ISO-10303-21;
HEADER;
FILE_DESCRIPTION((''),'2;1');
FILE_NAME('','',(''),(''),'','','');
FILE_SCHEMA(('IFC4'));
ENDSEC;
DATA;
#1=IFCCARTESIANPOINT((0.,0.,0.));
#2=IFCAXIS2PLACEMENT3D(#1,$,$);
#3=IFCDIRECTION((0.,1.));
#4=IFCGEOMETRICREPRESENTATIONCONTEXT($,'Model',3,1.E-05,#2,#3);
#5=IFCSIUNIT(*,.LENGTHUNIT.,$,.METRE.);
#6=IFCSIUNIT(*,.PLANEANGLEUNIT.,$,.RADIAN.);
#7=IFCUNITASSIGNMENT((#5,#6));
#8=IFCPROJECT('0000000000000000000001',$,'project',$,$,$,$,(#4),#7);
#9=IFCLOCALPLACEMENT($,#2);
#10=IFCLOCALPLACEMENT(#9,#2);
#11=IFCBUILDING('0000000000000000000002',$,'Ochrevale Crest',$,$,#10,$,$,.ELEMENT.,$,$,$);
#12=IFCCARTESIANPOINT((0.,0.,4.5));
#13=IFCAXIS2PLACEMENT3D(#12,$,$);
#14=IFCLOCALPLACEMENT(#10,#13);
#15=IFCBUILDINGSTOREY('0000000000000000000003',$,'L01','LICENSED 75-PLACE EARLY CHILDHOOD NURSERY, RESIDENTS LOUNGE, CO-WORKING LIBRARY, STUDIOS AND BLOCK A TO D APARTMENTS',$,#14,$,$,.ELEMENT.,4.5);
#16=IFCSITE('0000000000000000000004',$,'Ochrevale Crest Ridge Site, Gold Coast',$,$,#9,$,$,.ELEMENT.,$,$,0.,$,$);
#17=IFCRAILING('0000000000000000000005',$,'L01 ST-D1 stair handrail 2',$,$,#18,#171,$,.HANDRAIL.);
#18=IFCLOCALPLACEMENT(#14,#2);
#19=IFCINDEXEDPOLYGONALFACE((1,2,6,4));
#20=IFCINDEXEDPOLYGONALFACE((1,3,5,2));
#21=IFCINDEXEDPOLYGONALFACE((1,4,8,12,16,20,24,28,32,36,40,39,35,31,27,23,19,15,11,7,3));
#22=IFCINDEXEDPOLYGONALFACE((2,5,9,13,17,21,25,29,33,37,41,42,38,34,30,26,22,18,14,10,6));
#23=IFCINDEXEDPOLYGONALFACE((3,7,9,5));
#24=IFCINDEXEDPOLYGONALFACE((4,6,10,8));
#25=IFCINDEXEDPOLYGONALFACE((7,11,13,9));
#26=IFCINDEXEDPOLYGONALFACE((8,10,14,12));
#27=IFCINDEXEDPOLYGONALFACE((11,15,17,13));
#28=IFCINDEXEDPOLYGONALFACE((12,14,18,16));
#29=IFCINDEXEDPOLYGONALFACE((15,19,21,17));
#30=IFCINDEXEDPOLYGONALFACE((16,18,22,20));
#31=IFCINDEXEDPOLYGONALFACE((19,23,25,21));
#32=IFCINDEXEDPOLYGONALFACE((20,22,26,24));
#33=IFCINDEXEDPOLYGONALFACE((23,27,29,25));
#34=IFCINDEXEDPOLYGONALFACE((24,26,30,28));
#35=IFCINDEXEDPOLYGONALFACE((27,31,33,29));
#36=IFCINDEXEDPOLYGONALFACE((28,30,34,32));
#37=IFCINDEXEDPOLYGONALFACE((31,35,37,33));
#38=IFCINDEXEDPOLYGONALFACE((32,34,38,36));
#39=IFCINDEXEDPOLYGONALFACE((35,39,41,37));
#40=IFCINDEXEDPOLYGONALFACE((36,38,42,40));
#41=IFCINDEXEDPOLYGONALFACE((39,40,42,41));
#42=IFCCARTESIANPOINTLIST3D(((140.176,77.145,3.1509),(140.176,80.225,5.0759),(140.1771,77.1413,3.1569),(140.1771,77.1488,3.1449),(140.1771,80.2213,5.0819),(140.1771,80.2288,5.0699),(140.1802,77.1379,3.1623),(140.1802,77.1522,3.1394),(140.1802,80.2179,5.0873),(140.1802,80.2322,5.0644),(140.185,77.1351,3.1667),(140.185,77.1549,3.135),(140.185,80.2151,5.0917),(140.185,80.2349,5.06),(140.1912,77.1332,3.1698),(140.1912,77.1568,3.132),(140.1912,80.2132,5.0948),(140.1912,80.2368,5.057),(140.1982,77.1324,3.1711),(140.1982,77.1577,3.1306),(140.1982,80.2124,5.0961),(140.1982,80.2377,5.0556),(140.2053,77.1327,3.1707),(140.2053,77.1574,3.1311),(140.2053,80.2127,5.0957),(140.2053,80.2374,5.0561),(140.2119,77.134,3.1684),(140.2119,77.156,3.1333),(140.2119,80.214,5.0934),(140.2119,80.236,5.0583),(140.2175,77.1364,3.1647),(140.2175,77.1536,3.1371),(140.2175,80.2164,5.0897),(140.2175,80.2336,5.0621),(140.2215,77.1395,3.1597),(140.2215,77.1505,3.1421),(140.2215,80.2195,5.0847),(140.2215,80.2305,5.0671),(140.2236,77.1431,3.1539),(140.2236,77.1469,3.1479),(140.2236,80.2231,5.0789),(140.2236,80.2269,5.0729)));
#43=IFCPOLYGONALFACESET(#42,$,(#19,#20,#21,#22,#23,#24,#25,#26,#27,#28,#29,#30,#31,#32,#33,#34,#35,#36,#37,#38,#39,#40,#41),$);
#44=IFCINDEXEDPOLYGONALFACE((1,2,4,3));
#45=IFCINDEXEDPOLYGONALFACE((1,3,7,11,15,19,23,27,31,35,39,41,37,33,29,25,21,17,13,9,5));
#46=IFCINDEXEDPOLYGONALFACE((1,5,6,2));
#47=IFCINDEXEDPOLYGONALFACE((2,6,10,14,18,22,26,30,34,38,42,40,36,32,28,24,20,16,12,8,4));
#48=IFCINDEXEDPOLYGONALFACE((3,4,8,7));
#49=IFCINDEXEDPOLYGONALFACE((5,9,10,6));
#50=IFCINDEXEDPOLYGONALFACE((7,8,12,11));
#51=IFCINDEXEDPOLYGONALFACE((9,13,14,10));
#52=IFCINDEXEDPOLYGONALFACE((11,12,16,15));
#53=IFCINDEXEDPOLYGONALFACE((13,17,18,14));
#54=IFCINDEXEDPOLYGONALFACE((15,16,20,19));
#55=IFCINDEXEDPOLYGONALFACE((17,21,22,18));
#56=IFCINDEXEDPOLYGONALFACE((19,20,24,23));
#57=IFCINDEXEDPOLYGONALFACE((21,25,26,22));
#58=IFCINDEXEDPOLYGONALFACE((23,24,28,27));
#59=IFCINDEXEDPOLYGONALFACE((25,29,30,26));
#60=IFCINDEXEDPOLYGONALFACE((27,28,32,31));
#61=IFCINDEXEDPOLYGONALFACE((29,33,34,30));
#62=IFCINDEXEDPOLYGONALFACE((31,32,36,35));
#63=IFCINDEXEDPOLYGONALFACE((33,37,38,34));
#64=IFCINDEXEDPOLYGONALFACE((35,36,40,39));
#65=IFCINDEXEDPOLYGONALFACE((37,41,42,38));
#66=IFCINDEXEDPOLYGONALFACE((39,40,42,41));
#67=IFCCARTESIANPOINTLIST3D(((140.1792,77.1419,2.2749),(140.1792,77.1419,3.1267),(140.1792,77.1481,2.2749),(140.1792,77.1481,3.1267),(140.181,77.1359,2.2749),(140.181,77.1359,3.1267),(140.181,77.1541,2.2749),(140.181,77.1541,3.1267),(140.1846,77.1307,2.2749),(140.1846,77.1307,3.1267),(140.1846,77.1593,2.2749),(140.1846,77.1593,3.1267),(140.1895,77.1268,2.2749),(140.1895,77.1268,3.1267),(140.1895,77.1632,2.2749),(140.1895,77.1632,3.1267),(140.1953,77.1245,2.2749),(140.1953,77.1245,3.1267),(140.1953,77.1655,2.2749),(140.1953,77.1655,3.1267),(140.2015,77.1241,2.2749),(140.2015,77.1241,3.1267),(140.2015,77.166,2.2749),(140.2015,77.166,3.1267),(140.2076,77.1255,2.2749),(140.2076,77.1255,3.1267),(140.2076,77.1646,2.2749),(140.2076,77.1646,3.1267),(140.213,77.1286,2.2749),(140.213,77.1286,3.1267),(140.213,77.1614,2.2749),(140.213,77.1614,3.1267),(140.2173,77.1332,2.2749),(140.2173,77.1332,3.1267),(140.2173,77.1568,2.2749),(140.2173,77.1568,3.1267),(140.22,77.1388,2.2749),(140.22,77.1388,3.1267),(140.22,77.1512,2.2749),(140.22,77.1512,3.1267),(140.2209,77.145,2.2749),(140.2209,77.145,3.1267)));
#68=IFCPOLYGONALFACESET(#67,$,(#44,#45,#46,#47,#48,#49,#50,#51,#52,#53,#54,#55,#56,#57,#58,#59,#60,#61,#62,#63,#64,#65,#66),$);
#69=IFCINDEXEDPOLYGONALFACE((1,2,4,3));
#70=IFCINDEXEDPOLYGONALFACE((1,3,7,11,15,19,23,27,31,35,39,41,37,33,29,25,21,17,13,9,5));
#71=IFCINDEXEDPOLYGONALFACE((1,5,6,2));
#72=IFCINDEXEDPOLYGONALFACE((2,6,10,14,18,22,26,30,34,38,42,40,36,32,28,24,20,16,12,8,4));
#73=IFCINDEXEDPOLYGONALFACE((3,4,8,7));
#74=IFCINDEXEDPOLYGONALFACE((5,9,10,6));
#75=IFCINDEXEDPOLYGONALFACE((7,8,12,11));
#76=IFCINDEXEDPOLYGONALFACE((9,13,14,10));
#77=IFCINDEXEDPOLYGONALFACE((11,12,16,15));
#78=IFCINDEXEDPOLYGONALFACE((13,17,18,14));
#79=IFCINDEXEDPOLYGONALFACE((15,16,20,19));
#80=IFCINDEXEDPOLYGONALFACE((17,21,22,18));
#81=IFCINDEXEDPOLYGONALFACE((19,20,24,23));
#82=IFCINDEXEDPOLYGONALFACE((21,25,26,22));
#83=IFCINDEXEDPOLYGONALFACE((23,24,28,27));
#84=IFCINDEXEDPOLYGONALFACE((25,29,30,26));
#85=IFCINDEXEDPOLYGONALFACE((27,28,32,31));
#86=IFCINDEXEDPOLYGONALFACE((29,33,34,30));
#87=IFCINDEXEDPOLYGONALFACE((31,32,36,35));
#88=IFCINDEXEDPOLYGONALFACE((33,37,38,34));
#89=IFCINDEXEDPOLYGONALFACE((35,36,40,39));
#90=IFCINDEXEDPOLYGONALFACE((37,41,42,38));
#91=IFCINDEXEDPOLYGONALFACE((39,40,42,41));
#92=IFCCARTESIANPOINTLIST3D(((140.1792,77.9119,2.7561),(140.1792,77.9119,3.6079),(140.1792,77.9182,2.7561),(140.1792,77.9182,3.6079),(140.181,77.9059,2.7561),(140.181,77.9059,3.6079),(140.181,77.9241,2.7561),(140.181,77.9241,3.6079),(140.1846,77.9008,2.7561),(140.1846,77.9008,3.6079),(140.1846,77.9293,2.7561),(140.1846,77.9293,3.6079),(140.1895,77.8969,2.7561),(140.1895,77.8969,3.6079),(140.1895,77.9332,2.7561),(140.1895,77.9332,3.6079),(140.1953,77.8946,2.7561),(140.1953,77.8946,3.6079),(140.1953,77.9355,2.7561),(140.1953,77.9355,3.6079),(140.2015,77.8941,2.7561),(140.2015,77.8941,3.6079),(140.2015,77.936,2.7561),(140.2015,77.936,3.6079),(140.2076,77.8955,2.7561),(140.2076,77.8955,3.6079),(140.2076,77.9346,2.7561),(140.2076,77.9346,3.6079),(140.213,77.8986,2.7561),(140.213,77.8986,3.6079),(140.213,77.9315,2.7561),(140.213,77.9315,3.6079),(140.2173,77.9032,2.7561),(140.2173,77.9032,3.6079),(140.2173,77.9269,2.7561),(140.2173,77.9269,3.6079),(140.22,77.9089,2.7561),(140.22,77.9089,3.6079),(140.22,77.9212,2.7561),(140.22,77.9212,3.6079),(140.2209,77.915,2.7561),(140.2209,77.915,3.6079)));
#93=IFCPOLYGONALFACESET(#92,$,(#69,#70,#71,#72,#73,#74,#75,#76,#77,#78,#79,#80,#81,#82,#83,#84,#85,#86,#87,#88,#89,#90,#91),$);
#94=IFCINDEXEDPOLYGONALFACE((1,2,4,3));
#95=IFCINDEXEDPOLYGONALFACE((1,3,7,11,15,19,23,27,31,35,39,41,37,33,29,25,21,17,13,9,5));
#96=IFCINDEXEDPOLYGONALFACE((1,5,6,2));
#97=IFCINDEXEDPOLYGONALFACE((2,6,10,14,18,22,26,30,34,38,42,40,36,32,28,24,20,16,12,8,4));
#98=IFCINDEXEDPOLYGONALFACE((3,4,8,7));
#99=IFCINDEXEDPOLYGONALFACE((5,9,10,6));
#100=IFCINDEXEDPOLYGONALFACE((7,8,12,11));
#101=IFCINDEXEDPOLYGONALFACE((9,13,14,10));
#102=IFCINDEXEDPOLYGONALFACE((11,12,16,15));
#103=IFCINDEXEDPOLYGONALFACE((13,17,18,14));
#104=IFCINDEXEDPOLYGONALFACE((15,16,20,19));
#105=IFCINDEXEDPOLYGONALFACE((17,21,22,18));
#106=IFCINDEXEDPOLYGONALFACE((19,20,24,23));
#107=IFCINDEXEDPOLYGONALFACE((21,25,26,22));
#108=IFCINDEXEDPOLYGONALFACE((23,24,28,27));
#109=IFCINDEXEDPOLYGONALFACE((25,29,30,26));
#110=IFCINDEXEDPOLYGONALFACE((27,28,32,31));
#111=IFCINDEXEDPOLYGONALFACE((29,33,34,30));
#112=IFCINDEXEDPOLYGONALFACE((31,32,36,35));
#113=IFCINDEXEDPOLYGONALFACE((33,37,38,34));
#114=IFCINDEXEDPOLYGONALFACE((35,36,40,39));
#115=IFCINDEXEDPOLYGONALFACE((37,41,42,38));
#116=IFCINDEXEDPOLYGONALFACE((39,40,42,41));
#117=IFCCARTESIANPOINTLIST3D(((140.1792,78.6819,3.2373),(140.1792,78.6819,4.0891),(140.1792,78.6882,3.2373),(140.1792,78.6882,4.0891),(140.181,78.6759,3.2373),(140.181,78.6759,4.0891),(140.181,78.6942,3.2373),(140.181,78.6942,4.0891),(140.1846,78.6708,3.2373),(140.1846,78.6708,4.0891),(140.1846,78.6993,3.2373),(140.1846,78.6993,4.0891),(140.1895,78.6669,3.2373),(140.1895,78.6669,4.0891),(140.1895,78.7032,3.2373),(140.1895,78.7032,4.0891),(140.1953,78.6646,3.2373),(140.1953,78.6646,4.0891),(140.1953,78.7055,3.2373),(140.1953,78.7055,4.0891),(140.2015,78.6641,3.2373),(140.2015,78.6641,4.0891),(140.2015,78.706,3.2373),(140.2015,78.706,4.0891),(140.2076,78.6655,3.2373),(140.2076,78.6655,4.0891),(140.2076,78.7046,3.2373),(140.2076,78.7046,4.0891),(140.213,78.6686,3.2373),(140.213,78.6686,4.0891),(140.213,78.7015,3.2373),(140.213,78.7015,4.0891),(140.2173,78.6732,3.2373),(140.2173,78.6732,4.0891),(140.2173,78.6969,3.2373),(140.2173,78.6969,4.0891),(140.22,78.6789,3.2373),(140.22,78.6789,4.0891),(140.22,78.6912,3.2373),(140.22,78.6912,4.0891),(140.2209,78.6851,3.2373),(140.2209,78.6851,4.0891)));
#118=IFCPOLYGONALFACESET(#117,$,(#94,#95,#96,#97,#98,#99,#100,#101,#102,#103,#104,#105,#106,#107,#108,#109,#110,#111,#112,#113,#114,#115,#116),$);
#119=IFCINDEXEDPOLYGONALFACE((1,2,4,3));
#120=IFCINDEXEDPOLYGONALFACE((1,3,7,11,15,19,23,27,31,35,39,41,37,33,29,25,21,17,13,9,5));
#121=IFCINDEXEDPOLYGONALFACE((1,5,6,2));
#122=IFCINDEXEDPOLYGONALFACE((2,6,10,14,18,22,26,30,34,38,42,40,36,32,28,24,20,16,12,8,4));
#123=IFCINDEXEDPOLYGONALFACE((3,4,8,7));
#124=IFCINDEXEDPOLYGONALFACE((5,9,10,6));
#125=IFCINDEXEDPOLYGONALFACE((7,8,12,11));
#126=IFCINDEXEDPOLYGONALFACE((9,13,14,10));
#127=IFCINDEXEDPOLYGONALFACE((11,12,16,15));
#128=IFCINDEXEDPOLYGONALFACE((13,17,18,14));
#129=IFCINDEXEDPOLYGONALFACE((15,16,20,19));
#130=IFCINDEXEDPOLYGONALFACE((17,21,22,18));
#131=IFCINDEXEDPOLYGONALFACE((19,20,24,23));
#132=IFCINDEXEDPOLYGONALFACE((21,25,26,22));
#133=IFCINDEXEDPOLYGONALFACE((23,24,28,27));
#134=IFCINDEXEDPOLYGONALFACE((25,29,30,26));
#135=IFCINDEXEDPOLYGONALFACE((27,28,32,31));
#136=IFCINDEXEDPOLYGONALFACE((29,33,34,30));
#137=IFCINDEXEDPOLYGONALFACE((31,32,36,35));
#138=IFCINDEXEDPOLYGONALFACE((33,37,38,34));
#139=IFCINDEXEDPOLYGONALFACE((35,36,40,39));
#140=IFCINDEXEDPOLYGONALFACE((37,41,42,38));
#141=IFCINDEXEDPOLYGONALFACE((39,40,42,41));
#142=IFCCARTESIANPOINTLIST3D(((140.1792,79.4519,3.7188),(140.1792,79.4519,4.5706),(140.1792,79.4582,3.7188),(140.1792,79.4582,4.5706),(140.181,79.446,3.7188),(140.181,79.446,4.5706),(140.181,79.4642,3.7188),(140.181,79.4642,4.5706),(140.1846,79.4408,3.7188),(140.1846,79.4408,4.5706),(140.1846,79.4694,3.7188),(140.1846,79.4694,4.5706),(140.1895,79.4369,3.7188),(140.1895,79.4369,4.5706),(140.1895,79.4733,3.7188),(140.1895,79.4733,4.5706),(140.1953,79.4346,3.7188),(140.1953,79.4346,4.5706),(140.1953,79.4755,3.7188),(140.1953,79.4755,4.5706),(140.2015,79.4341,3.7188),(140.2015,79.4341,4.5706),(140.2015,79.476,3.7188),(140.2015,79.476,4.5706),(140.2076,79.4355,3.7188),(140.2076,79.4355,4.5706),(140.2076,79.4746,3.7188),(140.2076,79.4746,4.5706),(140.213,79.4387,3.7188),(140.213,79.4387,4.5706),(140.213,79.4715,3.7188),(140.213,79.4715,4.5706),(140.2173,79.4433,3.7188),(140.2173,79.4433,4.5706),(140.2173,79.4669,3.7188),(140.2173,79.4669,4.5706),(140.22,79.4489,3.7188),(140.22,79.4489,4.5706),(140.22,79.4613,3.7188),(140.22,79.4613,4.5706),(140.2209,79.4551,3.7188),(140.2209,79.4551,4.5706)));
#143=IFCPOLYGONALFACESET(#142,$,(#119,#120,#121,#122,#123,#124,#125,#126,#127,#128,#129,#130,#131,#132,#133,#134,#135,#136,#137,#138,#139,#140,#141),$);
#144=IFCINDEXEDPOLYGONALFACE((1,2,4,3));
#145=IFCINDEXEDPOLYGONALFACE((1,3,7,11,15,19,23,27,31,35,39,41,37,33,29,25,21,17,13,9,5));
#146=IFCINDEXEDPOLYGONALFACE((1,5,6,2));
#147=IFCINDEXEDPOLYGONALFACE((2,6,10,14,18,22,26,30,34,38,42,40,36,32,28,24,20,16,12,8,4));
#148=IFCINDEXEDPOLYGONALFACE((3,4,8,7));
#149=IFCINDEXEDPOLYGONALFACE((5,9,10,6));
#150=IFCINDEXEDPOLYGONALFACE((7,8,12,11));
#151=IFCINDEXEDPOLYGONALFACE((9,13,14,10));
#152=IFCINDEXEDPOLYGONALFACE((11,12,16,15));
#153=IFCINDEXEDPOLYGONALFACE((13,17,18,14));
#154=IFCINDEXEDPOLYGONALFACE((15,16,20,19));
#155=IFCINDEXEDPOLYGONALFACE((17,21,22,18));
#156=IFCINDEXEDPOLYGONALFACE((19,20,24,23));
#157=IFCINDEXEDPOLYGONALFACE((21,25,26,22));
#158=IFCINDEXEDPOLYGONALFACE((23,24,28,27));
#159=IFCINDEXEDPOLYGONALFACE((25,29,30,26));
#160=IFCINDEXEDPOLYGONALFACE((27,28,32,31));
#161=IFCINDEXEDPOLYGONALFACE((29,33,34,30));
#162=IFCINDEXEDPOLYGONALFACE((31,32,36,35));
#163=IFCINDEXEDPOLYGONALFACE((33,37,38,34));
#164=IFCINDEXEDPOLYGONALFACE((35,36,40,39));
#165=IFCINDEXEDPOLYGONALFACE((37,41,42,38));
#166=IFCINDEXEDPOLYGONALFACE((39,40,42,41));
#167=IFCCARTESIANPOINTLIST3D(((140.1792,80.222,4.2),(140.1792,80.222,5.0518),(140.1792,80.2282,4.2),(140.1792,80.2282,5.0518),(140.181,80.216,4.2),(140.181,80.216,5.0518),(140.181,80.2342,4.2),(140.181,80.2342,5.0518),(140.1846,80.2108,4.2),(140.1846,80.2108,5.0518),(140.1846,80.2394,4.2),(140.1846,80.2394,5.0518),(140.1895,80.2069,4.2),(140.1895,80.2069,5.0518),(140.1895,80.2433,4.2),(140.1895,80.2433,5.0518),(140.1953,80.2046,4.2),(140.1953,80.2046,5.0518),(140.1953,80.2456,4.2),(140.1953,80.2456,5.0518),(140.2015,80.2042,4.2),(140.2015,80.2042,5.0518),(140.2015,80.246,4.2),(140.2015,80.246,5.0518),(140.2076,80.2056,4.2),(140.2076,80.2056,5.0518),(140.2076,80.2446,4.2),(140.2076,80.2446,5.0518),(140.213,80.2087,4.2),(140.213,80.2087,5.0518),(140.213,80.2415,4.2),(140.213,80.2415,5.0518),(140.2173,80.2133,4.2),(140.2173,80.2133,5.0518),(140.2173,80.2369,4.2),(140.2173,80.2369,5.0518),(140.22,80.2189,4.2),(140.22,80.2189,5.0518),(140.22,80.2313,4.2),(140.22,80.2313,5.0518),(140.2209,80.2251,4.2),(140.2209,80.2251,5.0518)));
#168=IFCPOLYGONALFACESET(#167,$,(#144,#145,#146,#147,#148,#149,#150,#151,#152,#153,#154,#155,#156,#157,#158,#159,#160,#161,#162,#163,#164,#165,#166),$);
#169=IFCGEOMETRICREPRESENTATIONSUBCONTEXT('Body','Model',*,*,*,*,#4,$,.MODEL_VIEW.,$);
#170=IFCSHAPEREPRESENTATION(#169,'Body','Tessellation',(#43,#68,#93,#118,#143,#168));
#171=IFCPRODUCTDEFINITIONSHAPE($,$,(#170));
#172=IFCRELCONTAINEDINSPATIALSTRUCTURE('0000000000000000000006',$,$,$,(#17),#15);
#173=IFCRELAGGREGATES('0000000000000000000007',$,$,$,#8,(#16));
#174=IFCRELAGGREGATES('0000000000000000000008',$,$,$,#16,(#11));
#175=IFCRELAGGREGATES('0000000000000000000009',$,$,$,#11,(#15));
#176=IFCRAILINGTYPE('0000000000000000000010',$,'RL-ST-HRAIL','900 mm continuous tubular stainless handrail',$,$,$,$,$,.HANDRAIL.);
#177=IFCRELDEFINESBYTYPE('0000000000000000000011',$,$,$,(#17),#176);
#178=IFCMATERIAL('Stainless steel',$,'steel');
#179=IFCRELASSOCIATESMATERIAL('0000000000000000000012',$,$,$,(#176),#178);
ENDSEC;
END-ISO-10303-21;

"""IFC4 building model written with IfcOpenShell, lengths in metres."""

from ifc_helpers import new_model, si_unit, direction, frame, origin, origin_2d, place, context, subcontext, project, spatial, circle, extrude, material, type_object, element, save


model = new_model("IFC4")

# Units and contexts
model_context = context("Model", 3, precision=1e-05, world=origin(), true_north=direction((0.0, 1.0)))
body_context = subcontext(model_context, "Body", "Model", "MODEL_VIEW")
ifc_project = project(units=[si_unit("LENGTHUNIT", "METRE"), si_unit("PLANEANGLEUNIT", "RADIAN")], contexts=[model_context])

# Site, building, storey
site_placement = place(None, origin())
site = spatial("IfcSite", under=ifc_project, at=site_placement, Name="Ochrevale Crest Ridge Site, Gold Coast", CompositionType="ELEMENT", RefElevation=0.0)
building_placement = place(site_placement, origin())
building = spatial("IfcBuilding", under=site, at=building_placement, Name="Ochrevale Crest", CompositionType="ELEMENT")
storey_placement = place(building_placement, frame((0.0, 0.0, 4.5)))
storey = spatial("IfcBuildingStorey", under=building, at=storey_placement, Name="L01", Description="LICENSED 75-PLACE EARLY CHILDHOOD NURSERY, RESIDENTS LOUNGE, CO-WORKING LIBRARY, STUDIOS AND BLOCK A TO D APARTMENTS", CompositionType="ELEMENT", Elevation=4.5)

# Railing
ifc_material_1 = material(Name="Stainless steel", Category="steel")
railing_type_1 = type_object("IfcRailingType", Name="RL-ST-HRAIL", Description="900 mm continuous tubular stainless handrail", PredefinedType="HANDRAIL", material=ifc_material_1)
railing_1_placement = place(storey_placement, frame((140.2, 77.145, 2.2749)))
element("IfcRailing", 1, at=railing_1_placement, inside=storey, type_object=railing_type_1, Name="L01 ST-D1 stair handrail 2", PredefinedType="HANDRAIL", context=body_context, shape_type="SweptSolid", body=[
    extrude(circle(Radius=0.0239, at=origin_2d()), frame((0.0, 0.0, 0.876), z_axis=(0.0, 0.847998, 0.529999), x_axis=(-1.0, 0.0, 0.0)), (0.0, 0.0, 1.0), 3.6321),
    extrude(circle(Radius=0.021, at=origin_2d()), origin(), (0.0, 0.0, 1.0), 0.8518),
    extrude(circle(Radius=0.021, at=origin_2d()), frame((0.0, 0.77, 0.4812)), (0.0, 0.0, 1.0), 0.8518),
    extrude(circle(Radius=0.021, at=origin_2d()), frame((0.0, 1.54, 0.9624)), (0.0, 0.0, 1.0), 0.8518),
    extrude(circle(Radius=0.021, at=origin_2d()), frame((0.0, 2.3101, 1.4438)), (0.0, 0.0, 1.0), 0.8518),
    extrude(circle(Radius=0.021, at=origin_2d()), frame((0.0, 3.0801, 1.925)), (0.0, 0.0, 1.0), 0.8518),
])

save(model, "model.ifc")
